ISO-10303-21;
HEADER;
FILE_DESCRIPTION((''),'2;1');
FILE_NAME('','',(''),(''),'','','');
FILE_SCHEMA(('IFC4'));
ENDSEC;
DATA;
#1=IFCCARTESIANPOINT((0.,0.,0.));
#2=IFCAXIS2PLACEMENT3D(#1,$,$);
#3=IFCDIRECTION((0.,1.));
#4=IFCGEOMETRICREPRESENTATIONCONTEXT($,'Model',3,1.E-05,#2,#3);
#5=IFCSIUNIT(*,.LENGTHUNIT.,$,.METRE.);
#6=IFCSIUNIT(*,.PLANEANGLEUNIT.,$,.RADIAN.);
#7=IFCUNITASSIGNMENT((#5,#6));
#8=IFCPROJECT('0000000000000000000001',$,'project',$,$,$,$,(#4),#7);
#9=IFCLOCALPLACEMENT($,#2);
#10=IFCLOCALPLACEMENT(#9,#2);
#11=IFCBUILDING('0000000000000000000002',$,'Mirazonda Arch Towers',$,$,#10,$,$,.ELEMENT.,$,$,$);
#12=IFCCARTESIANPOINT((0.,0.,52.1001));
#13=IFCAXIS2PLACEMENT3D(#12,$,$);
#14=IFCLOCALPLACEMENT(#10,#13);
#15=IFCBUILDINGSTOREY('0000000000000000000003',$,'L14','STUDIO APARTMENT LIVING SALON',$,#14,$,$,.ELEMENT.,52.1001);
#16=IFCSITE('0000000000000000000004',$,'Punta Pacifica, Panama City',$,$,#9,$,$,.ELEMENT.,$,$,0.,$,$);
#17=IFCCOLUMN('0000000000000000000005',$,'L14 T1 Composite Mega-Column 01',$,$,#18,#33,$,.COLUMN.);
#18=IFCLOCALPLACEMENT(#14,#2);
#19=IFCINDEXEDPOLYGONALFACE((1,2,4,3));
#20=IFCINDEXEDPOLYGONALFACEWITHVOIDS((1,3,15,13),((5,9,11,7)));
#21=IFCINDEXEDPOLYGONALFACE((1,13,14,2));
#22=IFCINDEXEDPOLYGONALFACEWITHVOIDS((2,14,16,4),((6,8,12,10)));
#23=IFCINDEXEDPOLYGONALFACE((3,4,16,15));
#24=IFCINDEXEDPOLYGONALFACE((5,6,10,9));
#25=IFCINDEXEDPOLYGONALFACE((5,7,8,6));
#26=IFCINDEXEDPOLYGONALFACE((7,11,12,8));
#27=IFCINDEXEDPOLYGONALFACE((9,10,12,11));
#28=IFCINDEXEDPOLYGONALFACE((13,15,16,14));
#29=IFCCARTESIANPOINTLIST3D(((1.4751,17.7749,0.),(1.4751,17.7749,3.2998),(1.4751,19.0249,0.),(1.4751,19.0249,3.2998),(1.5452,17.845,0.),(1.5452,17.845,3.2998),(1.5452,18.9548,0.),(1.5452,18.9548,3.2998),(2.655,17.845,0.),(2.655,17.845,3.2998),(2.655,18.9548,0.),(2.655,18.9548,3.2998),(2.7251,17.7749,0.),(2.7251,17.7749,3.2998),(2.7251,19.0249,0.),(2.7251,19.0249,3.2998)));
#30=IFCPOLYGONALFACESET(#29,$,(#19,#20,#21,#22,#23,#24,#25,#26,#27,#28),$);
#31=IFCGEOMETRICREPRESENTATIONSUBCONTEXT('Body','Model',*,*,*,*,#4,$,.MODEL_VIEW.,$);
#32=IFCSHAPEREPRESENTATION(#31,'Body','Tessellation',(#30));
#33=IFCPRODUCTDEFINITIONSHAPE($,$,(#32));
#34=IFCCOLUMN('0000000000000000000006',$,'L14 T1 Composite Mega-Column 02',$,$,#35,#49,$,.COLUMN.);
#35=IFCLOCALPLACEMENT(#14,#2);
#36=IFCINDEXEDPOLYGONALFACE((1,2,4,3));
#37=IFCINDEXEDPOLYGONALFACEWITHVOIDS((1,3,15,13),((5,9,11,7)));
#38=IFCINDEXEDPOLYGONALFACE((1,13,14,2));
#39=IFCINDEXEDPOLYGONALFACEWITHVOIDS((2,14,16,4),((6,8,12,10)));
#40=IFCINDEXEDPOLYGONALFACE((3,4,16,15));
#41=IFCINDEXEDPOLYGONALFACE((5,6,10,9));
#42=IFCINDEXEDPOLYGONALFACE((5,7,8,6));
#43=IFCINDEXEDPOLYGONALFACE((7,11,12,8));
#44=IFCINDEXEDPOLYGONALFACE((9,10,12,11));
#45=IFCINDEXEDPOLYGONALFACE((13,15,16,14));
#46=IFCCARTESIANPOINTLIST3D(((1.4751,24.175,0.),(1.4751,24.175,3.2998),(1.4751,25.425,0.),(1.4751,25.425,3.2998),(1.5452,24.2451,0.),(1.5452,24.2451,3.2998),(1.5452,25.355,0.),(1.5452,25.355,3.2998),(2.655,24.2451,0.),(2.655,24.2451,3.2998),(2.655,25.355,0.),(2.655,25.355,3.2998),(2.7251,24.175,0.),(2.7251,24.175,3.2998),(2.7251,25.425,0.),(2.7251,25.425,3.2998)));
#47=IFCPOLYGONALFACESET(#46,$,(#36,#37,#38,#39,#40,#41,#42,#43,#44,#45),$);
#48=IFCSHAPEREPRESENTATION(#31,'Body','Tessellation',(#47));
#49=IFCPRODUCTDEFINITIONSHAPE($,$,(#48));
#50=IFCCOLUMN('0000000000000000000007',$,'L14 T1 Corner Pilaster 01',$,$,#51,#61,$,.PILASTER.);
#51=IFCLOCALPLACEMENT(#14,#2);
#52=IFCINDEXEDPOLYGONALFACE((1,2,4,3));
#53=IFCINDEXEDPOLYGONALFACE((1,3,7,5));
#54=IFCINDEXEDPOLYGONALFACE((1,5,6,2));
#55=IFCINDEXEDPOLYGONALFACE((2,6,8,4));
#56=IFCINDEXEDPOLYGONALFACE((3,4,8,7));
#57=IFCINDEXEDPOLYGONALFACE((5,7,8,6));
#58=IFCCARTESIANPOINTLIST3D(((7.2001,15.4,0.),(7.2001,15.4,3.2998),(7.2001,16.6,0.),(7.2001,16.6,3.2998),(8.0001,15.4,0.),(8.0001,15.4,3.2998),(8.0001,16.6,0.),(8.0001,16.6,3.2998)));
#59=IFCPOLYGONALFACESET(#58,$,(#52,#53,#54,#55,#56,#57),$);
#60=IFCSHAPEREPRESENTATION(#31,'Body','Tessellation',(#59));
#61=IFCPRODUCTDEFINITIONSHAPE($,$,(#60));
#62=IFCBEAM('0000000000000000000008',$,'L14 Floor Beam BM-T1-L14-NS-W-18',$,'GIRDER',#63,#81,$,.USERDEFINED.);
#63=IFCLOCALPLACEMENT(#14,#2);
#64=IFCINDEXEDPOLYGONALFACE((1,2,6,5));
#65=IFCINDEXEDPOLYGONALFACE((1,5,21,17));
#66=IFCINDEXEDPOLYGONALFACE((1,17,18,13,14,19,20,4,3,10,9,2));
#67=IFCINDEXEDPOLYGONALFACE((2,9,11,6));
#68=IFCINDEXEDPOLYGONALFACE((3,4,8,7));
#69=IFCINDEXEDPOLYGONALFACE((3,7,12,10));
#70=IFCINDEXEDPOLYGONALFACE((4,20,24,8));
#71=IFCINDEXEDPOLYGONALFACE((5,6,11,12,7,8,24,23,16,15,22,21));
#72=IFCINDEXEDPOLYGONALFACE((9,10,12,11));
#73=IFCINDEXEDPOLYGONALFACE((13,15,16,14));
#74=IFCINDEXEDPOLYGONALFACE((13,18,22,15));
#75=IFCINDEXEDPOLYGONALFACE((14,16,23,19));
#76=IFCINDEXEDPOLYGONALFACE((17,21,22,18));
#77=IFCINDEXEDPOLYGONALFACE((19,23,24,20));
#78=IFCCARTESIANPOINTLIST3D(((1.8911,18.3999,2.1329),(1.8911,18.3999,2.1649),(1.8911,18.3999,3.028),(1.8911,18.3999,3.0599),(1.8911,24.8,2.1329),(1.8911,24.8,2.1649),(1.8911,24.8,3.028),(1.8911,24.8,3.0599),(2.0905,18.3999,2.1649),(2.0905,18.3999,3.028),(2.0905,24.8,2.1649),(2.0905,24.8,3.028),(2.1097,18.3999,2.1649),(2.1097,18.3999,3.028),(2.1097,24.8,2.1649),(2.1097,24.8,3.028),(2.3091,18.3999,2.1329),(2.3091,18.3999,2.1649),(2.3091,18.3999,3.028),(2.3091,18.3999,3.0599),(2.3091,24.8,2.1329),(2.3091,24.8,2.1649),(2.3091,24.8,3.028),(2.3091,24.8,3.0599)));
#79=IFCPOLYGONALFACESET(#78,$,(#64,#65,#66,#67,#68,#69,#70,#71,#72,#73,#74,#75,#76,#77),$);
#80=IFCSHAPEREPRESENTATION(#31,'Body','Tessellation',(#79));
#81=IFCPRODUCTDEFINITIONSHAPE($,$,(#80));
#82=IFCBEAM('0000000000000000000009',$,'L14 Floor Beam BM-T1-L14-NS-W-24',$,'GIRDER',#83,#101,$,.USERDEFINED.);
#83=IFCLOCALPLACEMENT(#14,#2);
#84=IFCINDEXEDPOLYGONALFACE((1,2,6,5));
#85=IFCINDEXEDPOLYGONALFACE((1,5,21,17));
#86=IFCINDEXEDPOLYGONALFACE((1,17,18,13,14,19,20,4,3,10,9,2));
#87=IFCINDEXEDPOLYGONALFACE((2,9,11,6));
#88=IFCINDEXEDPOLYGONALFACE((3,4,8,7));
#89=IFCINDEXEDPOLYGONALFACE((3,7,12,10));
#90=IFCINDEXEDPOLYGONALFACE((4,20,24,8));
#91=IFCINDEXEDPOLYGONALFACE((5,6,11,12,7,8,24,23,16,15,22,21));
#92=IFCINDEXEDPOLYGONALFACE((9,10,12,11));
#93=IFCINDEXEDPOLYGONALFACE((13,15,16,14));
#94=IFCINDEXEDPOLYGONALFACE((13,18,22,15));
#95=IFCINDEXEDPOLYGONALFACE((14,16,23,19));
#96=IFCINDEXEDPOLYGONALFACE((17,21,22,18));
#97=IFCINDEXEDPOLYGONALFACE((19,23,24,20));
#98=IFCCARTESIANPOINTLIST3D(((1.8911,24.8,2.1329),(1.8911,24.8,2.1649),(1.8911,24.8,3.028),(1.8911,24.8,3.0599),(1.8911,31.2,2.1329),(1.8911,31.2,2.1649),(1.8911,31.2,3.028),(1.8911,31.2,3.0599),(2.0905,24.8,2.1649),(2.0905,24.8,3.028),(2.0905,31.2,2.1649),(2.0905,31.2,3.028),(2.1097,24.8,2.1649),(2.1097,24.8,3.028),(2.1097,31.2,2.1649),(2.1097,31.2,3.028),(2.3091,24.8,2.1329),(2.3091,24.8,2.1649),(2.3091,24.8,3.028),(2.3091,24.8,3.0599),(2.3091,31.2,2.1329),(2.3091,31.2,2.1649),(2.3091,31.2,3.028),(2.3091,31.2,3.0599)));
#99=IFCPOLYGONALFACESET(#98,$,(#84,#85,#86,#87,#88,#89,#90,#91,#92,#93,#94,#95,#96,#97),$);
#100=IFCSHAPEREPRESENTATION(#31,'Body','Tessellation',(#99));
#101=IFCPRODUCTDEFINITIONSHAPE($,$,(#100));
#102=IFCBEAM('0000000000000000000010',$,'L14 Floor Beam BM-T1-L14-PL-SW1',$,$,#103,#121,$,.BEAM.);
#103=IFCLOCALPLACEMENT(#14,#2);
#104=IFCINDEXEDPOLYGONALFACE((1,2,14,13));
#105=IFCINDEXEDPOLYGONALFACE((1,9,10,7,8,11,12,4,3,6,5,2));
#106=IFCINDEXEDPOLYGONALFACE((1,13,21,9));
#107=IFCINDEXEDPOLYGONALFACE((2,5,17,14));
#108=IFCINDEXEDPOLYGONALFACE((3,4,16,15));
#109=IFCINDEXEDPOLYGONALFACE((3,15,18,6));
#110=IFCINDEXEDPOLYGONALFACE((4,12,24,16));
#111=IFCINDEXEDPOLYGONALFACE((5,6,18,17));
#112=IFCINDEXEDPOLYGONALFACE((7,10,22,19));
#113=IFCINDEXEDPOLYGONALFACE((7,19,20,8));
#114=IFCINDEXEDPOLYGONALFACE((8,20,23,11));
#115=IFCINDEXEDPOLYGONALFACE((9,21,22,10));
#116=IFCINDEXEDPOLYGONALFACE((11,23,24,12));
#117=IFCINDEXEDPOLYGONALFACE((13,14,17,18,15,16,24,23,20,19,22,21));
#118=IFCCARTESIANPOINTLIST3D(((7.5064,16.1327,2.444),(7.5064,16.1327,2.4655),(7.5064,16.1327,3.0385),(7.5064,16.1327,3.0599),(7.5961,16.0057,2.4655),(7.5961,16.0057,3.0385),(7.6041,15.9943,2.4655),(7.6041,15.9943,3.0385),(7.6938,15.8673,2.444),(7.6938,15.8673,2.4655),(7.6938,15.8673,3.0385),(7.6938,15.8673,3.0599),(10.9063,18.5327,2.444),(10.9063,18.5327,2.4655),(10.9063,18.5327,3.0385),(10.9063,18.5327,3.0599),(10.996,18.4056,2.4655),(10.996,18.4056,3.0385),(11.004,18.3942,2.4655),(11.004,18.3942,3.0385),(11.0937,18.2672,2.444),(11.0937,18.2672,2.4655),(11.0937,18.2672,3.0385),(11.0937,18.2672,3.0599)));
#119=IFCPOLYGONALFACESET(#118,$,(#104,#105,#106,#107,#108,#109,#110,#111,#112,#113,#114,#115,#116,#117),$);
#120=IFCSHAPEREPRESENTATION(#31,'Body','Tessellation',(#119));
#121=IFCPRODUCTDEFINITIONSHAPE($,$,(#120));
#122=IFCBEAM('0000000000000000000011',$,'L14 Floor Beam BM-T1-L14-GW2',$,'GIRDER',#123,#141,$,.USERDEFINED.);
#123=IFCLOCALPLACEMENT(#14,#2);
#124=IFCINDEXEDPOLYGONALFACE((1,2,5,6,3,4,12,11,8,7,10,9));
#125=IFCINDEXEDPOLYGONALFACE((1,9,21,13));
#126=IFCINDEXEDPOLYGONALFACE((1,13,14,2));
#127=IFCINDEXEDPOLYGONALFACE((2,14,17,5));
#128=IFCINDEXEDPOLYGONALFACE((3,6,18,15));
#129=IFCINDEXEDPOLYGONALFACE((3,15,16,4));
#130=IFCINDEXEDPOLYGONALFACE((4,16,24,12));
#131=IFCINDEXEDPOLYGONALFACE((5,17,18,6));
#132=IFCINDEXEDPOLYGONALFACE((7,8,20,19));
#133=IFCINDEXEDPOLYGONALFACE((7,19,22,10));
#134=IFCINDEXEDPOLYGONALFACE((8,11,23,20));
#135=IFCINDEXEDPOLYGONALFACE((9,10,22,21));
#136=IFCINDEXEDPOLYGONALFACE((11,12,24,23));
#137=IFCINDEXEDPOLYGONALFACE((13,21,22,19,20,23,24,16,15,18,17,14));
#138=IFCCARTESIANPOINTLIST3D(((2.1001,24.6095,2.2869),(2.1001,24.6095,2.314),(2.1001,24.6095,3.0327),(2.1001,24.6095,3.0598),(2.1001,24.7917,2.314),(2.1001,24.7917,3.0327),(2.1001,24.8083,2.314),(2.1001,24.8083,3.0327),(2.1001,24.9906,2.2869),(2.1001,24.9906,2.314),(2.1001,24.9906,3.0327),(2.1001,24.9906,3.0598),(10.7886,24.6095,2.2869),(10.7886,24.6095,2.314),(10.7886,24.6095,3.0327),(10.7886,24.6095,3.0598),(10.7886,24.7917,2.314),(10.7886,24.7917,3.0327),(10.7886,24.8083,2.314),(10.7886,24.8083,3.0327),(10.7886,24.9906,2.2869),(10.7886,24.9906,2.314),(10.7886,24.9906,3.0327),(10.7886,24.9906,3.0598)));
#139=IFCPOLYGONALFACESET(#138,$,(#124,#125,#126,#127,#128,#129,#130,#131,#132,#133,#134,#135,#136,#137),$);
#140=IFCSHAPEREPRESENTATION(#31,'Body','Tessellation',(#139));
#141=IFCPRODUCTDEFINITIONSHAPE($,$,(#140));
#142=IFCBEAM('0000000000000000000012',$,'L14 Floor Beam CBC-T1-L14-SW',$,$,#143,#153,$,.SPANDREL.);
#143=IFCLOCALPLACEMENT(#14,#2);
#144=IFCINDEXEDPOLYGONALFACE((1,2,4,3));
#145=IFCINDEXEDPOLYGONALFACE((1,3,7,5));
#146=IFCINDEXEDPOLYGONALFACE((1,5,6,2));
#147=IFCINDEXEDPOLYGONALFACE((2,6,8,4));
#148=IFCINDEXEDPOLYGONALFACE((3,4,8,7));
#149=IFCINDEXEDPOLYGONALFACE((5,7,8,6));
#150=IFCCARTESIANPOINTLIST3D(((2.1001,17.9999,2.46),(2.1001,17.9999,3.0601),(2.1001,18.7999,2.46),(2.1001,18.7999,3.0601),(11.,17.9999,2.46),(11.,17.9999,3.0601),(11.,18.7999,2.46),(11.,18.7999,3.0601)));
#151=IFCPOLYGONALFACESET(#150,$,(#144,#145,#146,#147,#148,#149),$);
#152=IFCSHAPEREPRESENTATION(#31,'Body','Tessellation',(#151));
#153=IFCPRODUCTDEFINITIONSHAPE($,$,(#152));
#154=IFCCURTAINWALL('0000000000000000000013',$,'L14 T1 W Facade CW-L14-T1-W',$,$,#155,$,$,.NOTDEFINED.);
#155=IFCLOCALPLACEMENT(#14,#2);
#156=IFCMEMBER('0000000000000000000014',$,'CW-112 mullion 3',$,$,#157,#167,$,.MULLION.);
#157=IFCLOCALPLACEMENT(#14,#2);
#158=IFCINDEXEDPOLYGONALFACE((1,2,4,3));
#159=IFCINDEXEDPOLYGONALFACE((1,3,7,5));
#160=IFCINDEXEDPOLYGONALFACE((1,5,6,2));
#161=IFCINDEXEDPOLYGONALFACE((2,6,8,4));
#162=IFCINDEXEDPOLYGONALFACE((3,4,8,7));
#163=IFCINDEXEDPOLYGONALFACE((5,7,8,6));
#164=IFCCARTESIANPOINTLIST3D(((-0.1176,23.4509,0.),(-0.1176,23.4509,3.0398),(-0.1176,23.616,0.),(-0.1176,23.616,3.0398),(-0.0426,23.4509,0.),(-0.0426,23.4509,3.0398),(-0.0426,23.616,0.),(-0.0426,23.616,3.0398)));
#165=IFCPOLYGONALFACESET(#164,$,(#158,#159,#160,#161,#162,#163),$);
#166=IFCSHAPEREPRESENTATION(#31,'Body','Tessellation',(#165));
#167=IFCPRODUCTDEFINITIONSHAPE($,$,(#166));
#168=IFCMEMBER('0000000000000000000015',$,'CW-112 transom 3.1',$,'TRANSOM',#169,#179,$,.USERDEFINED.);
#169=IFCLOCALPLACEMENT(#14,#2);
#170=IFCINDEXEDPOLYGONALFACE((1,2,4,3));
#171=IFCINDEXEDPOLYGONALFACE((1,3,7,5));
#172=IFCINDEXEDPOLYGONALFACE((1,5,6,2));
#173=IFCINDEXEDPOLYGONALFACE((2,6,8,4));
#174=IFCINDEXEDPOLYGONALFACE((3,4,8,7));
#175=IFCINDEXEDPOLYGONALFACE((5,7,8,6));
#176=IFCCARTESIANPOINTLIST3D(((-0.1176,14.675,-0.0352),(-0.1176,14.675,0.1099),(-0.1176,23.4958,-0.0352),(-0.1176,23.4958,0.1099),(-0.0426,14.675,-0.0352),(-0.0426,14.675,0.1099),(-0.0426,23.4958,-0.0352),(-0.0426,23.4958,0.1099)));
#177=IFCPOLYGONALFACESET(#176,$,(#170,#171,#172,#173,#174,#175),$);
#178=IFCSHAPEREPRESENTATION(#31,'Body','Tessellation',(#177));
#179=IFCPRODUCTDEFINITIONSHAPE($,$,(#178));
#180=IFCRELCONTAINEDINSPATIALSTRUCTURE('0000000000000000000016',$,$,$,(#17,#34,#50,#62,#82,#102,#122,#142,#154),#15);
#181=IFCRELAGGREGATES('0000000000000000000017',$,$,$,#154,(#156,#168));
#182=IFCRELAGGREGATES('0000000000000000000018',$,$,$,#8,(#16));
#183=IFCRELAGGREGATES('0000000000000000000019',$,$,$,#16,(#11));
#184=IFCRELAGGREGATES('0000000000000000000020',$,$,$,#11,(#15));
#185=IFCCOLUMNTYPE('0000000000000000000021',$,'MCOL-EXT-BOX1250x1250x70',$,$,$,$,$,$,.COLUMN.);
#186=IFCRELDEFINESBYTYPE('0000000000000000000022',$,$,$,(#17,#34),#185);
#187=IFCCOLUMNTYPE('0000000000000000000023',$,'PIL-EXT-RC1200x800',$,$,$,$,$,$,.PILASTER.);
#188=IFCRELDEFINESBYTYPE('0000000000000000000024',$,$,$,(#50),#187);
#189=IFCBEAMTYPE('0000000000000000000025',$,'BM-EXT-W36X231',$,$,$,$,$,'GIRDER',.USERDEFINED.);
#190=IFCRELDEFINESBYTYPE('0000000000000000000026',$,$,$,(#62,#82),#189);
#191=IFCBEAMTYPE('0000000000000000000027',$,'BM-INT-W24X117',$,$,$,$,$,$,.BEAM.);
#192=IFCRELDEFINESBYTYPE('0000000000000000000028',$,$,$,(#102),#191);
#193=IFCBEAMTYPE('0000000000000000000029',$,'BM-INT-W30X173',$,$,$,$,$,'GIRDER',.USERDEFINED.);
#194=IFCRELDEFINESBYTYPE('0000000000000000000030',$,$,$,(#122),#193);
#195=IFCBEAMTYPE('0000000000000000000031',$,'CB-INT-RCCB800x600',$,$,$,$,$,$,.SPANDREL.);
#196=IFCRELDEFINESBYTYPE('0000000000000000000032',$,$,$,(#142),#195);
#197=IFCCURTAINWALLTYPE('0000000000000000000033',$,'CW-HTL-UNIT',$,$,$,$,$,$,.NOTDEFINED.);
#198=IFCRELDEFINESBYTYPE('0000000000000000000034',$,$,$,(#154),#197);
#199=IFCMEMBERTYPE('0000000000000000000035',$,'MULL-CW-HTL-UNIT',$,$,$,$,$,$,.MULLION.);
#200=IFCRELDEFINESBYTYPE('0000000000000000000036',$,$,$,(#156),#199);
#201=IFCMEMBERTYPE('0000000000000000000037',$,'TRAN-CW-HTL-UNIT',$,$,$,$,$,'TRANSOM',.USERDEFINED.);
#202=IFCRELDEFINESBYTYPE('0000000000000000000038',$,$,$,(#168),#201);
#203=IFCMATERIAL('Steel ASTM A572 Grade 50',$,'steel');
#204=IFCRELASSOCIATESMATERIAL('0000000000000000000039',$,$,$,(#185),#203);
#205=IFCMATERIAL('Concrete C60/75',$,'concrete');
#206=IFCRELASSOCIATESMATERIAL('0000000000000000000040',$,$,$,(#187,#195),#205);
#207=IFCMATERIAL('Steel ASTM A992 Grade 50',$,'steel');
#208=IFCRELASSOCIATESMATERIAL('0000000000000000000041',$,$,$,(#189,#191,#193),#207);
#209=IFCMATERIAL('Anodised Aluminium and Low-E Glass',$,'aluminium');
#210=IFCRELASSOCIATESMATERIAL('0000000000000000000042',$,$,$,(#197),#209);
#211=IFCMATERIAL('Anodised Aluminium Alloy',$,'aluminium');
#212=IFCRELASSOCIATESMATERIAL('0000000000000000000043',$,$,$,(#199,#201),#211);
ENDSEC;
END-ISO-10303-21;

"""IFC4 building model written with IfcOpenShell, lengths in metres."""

from ifc_helpers import new_model, si_unit, direction, frame, origin, origin_2d, place, context, subcontext, project, spatial, rectangle, hollow_rectangle, i_section, extrude, material, material_profile, profile_set, type_object, element, aggregate, save


model = new_model("IFC4")

# Units and contexts
model_context = context("Model", 3, precision=1e-05, world=origin(), true_north=direction((0.0, 1.0)))
body_context = subcontext(model_context, "Body", "Model", "MODEL_VIEW")
ifc_project = project(units=[si_unit("LENGTHUNIT", "METRE"), si_unit("PLANEANGLEUNIT", "RADIAN")], contexts=[model_context])

# Site, building, storey
site_placement = place(None, origin())
site = spatial("IfcSite", under=ifc_project, at=site_placement, Name="Punta Pacifica, Panama City", CompositionType="ELEMENT", RefElevation=0.0)
building_placement = place(site_placement, origin())
building = spatial("IfcBuilding", under=site, at=building_placement, Name="Mirazonda Arch Towers", CompositionType="ELEMENT")
storey_placement = place(building_placement, frame((0.0, 0.0, 52.1001)))
storey = spatial("IfcBuildingStorey", under=building, at=storey_placement, Name="L14", Description="STUDIO APARTMENT LIVING SALON", CompositionType="ELEMENT", Elevation=52.1001)

# Columns
ifc_material_1 = material(Name="Steel ASTM A572 Grade 50", Category="steel")
ifc_material_profile_1 = material_profile(ifc_material_1, hollow_rectangle(XDim=1.25, YDim=1.25, WallThickness=0.0701, at=origin_2d()), Name="BOX1250x1250x70")
ifc_profile_set_1 = profile_set([ifc_material_profile_1], Name="Steel ASTM A572 Grade 50")
column_type_1 = type_object("IfcColumnType", Name="MCOL-EXT-BOX1250x1250x70", PredefinedType="COLUMN", material=ifc_profile_set_1)
for number, where, z_axis, x_axis, name in (
    (1, (2.1001, 18.3999, 0.0), (0.0, 0.0, 1.0), (1.0, 0.0, 0.0), "L14 T1 Composite Mega-Column 01"),
    (2, (2.1001, 24.8, 0.0), (0.0, 0.0, 1.0), (1.0, 0.0, 0.0), "L14 T1 Composite Mega-Column 02"),
):
    element("IfcColumn", number, at=place(storey_placement, frame(where, z_axis=z_axis, x_axis=x_axis)), inside=storey, type_object=column_type_1, Name=name, PredefinedType="COLUMN", context=body_context, shape_type="SweptSolid", body=[
        extrude(hollow_rectangle(XDim=1.25, YDim=1.25, WallThickness=0.0701, at=origin_2d()), origin(), (0.0, 0.0, 1.0), 3.2998),
    ])
ifc_material_2 = material(Name="Concrete C60/75", Category="concrete")
ifc_material_profile_2 = material_profile(ifc_material_2, rectangle(XDim=0.8, YDim=1.2, at=origin_2d()), Name="RC1200x800")
ifc_profile_set_2 = profile_set([ifc_material_profile_2], Name="Concrete C60/75")
column_type_2 = type_object("IfcColumnType", Name="PIL-EXT-RC1200x800", PredefinedType="PILASTER", material=ifc_profile_set_2)
column_placement = place(storey_placement, frame((7.6001, 16.0, 0.0), z_axis=(0.0, 0.0, 1.0), x_axis=(1.0, 0.0, 0.0)))
element("IfcColumn", 3, at=column_placement, inside=storey, type_object=column_type_2, Name="L14 T1 Corner Pilaster 01", PredefinedType="PILASTER", context=body_context, shape_type="SweptSolid", body=[
    extrude(rectangle(XDim=0.8, YDim=1.2, at=origin_2d()), origin(), (0.0, 0.0, 1.0), 3.2998),
])

# Beams
ifc_material_3 = material(Name="Steel ASTM A992 Grade 50", Category="steel")
ifc_material_profile_3 = material_profile(ifc_material_3, i_section(OverallWidth=0.418, OverallDepth=0.927, WebThickness=0.0193, FlangeThickness=0.032, at=origin_2d()), Name="W36X231")
ifc_profile_set_3 = profile_set([ifc_material_profile_3], Name="Steel ASTM A992 Grade 50")
beam_type_1 = type_object("IfcBeamType", Name="BM-EXT-W36X231", ElementType="GIRDER", PredefinedType="USERDEFINED", material=ifc_profile_set_3)
beam_1_placement = place(storey_placement, frame((2.1001, 18.3999, 2.5964), z_axis=(0.0, 1.0, 0.0), x_axis=(-1.0, 0.0, 0.0)))
element("IfcBeam", 4, at=beam_1_placement, inside=storey, type_object=beam_type_1, Name="L14 Floor Beam BM-T1-L14-NS-W-18", ObjectType="GIRDER", PredefinedType="USERDEFINED", context=body_context, shape_type="SweptSolid", body=[
    extrude(i_section(OverallWidth=0.418, OverallDepth=0.927, WebThickness=0.0193, FlangeThickness=0.032, at=origin_2d()), origin(), (0.0, 0.0, 1.0), 6.4001),
])
beam_2_placement = place(storey_placement, frame((2.1001, 24.8, 2.5964), z_axis=(0.0, 1.0, 0.0), x_axis=(-1.0, 0.0, 0.0)))
element("IfcBeam", 5, at=beam_2_placement, inside=storey, type_object=beam_type_1, Name="L14 Floor Beam BM-T1-L14-NS-W-24", ObjectType="GIRDER", PredefinedType="USERDEFINED", context=body_context, shape_type="SweptSolid", body=[
    extrude(i_section(OverallWidth=0.418, OverallDepth=0.927, WebThickness=0.0193, FlangeThickness=0.032, at=origin_2d()), origin(), (0.0, 0.0, 1.0), 6.3999),
])
ifc_material_profile_4 = material_profile(ifc_material_3, i_section(OverallWidth=0.325, OverallDepth=0.616, WebThickness=0.0139, FlangeThickness=0.0215, at=origin_2d()), Name="W24X117")
ifc_profile_set_4 = profile_set([ifc_material_profile_4], Name="Steel ASTM A992 Grade 50")
beam_type_2 = type_object("IfcBeamType", Name="BM-INT-W24X117", PredefinedType="BEAM", material=ifc_profile_set_4)
beam_3_placement = place(storey_placement, frame((7.6001, 16.0, 2.752), z_axis=(0.816971, 0.576679, 0.0), x_axis=(-0.576679, 0.816971, 0.0)))
element("IfcBeam", 6, at=beam_3_placement, inside=storey, type_object=beam_type_2, Name="L14 Floor Beam BM-T1-L14-PL-SW1", PredefinedType="BEAM", context=body_context, shape_type="SweptSolid", body=[
    extrude(i_section(OverallWidth=0.325, OverallDepth=0.616, WebThickness=0.0139, FlangeThickness=0.0215, at=origin_2d()), origin(), (0.0, 0.0, 1.0), 4.1616),
])
ifc_material_profile_5 = material_profile(ifc_material_3, i_section(OverallWidth=0.3811, OverallDepth=0.7729, WebThickness=0.0166, FlangeThickness=0.0271, at=origin_2d()), Name="W30X173")
ifc_profile_set_5 = profile_set([ifc_material_profile_5], Name="Steel ASTM A992 Grade 50")
beam_type_3 = type_object("IfcBeamType", Name="BM-INT-W30X173", ElementType="GIRDER", PredefinedType="USERDEFINED", material=ifc_profile_set_5)
beam_4_placement = place(storey_placement, frame((2.1001, 24.8, 2.6733), z_axis=(1.0, 0.0, 0.0), x_axis=(0.0, 1.0, 0.0)))
element("IfcBeam", 7, at=beam_4_placement, inside=storey, type_object=beam_type_3, Name="L14 Floor Beam BM-T1-L14-GW2", ObjectType="GIRDER", PredefinedType="USERDEFINED", context=body_context, shape_type="SweptSolid", body=[
    extrude(i_section(OverallWidth=0.3811, OverallDepth=0.7729, WebThickness=0.0166, FlangeThickness=0.0271, at=origin_2d()), origin(), (0.0, 0.0, 1.0), 8.6885),
])
ifc_material_profile_6 = material_profile(ifc_material_2, rectangle(XDim=0.8, YDim=0.6001, at=origin_2d()), Name="RCCB800x600")
ifc_profile_set_6 = profile_set([ifc_material_profile_6], Name="Concrete C60/75")
beam_type_4 = type_object("IfcBeamType", Name="CB-INT-RCCB800x600", PredefinedType="SPANDREL", material=ifc_profile_set_6)
beam_5_placement = place(storey_placement, frame((2.1001, 18.3999, 2.76), z_axis=(1.0, 0.0, 0.0), x_axis=(0.0, 1.0, 0.0)))
element("IfcBeam", 8, at=beam_5_placement, inside=storey, type_object=beam_type_4, Name="L14 Floor Beam CBC-T1-L14-SW", PredefinedType="SPANDREL", context=body_context, shape_type="SweptSolid", body=[
    extrude(rectangle(XDim=0.8, YDim=0.6001, at=origin_2d()), origin(), (0.0, 0.0, 1.0), 8.8999),
])

# Curtain wall, members
ifc_material_4 = material(Name="Anodised Aluminium and Low-E Glass", Category="aluminium")
curtain_wall_type = type_object("IfcCurtainWallType", Name="CW-HTL-UNIT", PredefinedType="NOTDEFINED", material=ifc_material_4)
curtain_wall_placement = place(storey_placement, origin())
curtain_wall = element("IfcCurtainWall", 9, at=curtain_wall_placement, inside=storey, type_object=curtain_wall_type, Name="L14 T1 W Facade CW-L14-T1-W", PredefinedType="NOTDEFINED")
ifc_material_5 = material(Name="Anodised Aluminium Alloy", Category="aluminium")
ifc_material_profile_7 = material_profile(ifc_material_5, rectangle(XDim=0.075, YDim=0.165, at=origin_2d()), Name="ALU-MULL-75x165")
ifc_profile_set_7 = profile_set([ifc_material_profile_7], Name="Anodised Aluminium Alloy")
member_type_1 = type_object("IfcMemberType", Name="MULL-CW-HTL-UNIT", PredefinedType="MULLION", material=ifc_profile_set_7)
member_1_placement = place(storey_placement, frame((-0.0801, 23.5334, 0.0), z_axis=(0.0, 0.0, 1.0), x_axis=(1.0, 0.0, 0.0)))
member_1 = element("IfcMember", 10, at=member_1_placement, type_object=member_type_1, Name="CW-112 mullion 3", PredefinedType="MULLION", context=body_context, shape_type="SweptSolid", body=[
    extrude(rectangle(XDim=0.075, YDim=0.165, at=origin_2d()), origin(), (0.0, 0.0, 1.0), 3.0398),
])
ifc_material_profile_8 = material_profile(ifc_material_5, rectangle(XDim=0.075, YDim=0.145, at=origin_2d()), Name="ALU-TRAN-75x145")
ifc_profile_set_8 = profile_set([ifc_material_profile_8], Name="Anodised Aluminium Alloy")
member_type_2 = type_object("IfcMemberType", Name="TRAN-CW-HTL-UNIT", ElementType="TRANSOM", PredefinedType="USERDEFINED", material=ifc_profile_set_8)
member_2_placement = place(storey_placement, frame((-0.0801, 23.4958, 0.0374), z_axis=(0.0, -1.0, 0.0), x_axis=(1.0, 0.0, 0.0)))
member_2 = element("IfcMember", 11, at=member_2_placement, type_object=member_type_2, Name="CW-112 transom 3.1", ObjectType="TRANSOM", PredefinedType="USERDEFINED", context=body_context, shape_type="SweptSolid", body=[
    extrude(rectangle(XDim=0.075, YDim=0.145, at=origin_2d()), origin(), (0.0, 0.0, 1.0), 8.8208),
])
aggregate(curtain_wall, [member_1, member_2])

save(model, "model.ifc")
